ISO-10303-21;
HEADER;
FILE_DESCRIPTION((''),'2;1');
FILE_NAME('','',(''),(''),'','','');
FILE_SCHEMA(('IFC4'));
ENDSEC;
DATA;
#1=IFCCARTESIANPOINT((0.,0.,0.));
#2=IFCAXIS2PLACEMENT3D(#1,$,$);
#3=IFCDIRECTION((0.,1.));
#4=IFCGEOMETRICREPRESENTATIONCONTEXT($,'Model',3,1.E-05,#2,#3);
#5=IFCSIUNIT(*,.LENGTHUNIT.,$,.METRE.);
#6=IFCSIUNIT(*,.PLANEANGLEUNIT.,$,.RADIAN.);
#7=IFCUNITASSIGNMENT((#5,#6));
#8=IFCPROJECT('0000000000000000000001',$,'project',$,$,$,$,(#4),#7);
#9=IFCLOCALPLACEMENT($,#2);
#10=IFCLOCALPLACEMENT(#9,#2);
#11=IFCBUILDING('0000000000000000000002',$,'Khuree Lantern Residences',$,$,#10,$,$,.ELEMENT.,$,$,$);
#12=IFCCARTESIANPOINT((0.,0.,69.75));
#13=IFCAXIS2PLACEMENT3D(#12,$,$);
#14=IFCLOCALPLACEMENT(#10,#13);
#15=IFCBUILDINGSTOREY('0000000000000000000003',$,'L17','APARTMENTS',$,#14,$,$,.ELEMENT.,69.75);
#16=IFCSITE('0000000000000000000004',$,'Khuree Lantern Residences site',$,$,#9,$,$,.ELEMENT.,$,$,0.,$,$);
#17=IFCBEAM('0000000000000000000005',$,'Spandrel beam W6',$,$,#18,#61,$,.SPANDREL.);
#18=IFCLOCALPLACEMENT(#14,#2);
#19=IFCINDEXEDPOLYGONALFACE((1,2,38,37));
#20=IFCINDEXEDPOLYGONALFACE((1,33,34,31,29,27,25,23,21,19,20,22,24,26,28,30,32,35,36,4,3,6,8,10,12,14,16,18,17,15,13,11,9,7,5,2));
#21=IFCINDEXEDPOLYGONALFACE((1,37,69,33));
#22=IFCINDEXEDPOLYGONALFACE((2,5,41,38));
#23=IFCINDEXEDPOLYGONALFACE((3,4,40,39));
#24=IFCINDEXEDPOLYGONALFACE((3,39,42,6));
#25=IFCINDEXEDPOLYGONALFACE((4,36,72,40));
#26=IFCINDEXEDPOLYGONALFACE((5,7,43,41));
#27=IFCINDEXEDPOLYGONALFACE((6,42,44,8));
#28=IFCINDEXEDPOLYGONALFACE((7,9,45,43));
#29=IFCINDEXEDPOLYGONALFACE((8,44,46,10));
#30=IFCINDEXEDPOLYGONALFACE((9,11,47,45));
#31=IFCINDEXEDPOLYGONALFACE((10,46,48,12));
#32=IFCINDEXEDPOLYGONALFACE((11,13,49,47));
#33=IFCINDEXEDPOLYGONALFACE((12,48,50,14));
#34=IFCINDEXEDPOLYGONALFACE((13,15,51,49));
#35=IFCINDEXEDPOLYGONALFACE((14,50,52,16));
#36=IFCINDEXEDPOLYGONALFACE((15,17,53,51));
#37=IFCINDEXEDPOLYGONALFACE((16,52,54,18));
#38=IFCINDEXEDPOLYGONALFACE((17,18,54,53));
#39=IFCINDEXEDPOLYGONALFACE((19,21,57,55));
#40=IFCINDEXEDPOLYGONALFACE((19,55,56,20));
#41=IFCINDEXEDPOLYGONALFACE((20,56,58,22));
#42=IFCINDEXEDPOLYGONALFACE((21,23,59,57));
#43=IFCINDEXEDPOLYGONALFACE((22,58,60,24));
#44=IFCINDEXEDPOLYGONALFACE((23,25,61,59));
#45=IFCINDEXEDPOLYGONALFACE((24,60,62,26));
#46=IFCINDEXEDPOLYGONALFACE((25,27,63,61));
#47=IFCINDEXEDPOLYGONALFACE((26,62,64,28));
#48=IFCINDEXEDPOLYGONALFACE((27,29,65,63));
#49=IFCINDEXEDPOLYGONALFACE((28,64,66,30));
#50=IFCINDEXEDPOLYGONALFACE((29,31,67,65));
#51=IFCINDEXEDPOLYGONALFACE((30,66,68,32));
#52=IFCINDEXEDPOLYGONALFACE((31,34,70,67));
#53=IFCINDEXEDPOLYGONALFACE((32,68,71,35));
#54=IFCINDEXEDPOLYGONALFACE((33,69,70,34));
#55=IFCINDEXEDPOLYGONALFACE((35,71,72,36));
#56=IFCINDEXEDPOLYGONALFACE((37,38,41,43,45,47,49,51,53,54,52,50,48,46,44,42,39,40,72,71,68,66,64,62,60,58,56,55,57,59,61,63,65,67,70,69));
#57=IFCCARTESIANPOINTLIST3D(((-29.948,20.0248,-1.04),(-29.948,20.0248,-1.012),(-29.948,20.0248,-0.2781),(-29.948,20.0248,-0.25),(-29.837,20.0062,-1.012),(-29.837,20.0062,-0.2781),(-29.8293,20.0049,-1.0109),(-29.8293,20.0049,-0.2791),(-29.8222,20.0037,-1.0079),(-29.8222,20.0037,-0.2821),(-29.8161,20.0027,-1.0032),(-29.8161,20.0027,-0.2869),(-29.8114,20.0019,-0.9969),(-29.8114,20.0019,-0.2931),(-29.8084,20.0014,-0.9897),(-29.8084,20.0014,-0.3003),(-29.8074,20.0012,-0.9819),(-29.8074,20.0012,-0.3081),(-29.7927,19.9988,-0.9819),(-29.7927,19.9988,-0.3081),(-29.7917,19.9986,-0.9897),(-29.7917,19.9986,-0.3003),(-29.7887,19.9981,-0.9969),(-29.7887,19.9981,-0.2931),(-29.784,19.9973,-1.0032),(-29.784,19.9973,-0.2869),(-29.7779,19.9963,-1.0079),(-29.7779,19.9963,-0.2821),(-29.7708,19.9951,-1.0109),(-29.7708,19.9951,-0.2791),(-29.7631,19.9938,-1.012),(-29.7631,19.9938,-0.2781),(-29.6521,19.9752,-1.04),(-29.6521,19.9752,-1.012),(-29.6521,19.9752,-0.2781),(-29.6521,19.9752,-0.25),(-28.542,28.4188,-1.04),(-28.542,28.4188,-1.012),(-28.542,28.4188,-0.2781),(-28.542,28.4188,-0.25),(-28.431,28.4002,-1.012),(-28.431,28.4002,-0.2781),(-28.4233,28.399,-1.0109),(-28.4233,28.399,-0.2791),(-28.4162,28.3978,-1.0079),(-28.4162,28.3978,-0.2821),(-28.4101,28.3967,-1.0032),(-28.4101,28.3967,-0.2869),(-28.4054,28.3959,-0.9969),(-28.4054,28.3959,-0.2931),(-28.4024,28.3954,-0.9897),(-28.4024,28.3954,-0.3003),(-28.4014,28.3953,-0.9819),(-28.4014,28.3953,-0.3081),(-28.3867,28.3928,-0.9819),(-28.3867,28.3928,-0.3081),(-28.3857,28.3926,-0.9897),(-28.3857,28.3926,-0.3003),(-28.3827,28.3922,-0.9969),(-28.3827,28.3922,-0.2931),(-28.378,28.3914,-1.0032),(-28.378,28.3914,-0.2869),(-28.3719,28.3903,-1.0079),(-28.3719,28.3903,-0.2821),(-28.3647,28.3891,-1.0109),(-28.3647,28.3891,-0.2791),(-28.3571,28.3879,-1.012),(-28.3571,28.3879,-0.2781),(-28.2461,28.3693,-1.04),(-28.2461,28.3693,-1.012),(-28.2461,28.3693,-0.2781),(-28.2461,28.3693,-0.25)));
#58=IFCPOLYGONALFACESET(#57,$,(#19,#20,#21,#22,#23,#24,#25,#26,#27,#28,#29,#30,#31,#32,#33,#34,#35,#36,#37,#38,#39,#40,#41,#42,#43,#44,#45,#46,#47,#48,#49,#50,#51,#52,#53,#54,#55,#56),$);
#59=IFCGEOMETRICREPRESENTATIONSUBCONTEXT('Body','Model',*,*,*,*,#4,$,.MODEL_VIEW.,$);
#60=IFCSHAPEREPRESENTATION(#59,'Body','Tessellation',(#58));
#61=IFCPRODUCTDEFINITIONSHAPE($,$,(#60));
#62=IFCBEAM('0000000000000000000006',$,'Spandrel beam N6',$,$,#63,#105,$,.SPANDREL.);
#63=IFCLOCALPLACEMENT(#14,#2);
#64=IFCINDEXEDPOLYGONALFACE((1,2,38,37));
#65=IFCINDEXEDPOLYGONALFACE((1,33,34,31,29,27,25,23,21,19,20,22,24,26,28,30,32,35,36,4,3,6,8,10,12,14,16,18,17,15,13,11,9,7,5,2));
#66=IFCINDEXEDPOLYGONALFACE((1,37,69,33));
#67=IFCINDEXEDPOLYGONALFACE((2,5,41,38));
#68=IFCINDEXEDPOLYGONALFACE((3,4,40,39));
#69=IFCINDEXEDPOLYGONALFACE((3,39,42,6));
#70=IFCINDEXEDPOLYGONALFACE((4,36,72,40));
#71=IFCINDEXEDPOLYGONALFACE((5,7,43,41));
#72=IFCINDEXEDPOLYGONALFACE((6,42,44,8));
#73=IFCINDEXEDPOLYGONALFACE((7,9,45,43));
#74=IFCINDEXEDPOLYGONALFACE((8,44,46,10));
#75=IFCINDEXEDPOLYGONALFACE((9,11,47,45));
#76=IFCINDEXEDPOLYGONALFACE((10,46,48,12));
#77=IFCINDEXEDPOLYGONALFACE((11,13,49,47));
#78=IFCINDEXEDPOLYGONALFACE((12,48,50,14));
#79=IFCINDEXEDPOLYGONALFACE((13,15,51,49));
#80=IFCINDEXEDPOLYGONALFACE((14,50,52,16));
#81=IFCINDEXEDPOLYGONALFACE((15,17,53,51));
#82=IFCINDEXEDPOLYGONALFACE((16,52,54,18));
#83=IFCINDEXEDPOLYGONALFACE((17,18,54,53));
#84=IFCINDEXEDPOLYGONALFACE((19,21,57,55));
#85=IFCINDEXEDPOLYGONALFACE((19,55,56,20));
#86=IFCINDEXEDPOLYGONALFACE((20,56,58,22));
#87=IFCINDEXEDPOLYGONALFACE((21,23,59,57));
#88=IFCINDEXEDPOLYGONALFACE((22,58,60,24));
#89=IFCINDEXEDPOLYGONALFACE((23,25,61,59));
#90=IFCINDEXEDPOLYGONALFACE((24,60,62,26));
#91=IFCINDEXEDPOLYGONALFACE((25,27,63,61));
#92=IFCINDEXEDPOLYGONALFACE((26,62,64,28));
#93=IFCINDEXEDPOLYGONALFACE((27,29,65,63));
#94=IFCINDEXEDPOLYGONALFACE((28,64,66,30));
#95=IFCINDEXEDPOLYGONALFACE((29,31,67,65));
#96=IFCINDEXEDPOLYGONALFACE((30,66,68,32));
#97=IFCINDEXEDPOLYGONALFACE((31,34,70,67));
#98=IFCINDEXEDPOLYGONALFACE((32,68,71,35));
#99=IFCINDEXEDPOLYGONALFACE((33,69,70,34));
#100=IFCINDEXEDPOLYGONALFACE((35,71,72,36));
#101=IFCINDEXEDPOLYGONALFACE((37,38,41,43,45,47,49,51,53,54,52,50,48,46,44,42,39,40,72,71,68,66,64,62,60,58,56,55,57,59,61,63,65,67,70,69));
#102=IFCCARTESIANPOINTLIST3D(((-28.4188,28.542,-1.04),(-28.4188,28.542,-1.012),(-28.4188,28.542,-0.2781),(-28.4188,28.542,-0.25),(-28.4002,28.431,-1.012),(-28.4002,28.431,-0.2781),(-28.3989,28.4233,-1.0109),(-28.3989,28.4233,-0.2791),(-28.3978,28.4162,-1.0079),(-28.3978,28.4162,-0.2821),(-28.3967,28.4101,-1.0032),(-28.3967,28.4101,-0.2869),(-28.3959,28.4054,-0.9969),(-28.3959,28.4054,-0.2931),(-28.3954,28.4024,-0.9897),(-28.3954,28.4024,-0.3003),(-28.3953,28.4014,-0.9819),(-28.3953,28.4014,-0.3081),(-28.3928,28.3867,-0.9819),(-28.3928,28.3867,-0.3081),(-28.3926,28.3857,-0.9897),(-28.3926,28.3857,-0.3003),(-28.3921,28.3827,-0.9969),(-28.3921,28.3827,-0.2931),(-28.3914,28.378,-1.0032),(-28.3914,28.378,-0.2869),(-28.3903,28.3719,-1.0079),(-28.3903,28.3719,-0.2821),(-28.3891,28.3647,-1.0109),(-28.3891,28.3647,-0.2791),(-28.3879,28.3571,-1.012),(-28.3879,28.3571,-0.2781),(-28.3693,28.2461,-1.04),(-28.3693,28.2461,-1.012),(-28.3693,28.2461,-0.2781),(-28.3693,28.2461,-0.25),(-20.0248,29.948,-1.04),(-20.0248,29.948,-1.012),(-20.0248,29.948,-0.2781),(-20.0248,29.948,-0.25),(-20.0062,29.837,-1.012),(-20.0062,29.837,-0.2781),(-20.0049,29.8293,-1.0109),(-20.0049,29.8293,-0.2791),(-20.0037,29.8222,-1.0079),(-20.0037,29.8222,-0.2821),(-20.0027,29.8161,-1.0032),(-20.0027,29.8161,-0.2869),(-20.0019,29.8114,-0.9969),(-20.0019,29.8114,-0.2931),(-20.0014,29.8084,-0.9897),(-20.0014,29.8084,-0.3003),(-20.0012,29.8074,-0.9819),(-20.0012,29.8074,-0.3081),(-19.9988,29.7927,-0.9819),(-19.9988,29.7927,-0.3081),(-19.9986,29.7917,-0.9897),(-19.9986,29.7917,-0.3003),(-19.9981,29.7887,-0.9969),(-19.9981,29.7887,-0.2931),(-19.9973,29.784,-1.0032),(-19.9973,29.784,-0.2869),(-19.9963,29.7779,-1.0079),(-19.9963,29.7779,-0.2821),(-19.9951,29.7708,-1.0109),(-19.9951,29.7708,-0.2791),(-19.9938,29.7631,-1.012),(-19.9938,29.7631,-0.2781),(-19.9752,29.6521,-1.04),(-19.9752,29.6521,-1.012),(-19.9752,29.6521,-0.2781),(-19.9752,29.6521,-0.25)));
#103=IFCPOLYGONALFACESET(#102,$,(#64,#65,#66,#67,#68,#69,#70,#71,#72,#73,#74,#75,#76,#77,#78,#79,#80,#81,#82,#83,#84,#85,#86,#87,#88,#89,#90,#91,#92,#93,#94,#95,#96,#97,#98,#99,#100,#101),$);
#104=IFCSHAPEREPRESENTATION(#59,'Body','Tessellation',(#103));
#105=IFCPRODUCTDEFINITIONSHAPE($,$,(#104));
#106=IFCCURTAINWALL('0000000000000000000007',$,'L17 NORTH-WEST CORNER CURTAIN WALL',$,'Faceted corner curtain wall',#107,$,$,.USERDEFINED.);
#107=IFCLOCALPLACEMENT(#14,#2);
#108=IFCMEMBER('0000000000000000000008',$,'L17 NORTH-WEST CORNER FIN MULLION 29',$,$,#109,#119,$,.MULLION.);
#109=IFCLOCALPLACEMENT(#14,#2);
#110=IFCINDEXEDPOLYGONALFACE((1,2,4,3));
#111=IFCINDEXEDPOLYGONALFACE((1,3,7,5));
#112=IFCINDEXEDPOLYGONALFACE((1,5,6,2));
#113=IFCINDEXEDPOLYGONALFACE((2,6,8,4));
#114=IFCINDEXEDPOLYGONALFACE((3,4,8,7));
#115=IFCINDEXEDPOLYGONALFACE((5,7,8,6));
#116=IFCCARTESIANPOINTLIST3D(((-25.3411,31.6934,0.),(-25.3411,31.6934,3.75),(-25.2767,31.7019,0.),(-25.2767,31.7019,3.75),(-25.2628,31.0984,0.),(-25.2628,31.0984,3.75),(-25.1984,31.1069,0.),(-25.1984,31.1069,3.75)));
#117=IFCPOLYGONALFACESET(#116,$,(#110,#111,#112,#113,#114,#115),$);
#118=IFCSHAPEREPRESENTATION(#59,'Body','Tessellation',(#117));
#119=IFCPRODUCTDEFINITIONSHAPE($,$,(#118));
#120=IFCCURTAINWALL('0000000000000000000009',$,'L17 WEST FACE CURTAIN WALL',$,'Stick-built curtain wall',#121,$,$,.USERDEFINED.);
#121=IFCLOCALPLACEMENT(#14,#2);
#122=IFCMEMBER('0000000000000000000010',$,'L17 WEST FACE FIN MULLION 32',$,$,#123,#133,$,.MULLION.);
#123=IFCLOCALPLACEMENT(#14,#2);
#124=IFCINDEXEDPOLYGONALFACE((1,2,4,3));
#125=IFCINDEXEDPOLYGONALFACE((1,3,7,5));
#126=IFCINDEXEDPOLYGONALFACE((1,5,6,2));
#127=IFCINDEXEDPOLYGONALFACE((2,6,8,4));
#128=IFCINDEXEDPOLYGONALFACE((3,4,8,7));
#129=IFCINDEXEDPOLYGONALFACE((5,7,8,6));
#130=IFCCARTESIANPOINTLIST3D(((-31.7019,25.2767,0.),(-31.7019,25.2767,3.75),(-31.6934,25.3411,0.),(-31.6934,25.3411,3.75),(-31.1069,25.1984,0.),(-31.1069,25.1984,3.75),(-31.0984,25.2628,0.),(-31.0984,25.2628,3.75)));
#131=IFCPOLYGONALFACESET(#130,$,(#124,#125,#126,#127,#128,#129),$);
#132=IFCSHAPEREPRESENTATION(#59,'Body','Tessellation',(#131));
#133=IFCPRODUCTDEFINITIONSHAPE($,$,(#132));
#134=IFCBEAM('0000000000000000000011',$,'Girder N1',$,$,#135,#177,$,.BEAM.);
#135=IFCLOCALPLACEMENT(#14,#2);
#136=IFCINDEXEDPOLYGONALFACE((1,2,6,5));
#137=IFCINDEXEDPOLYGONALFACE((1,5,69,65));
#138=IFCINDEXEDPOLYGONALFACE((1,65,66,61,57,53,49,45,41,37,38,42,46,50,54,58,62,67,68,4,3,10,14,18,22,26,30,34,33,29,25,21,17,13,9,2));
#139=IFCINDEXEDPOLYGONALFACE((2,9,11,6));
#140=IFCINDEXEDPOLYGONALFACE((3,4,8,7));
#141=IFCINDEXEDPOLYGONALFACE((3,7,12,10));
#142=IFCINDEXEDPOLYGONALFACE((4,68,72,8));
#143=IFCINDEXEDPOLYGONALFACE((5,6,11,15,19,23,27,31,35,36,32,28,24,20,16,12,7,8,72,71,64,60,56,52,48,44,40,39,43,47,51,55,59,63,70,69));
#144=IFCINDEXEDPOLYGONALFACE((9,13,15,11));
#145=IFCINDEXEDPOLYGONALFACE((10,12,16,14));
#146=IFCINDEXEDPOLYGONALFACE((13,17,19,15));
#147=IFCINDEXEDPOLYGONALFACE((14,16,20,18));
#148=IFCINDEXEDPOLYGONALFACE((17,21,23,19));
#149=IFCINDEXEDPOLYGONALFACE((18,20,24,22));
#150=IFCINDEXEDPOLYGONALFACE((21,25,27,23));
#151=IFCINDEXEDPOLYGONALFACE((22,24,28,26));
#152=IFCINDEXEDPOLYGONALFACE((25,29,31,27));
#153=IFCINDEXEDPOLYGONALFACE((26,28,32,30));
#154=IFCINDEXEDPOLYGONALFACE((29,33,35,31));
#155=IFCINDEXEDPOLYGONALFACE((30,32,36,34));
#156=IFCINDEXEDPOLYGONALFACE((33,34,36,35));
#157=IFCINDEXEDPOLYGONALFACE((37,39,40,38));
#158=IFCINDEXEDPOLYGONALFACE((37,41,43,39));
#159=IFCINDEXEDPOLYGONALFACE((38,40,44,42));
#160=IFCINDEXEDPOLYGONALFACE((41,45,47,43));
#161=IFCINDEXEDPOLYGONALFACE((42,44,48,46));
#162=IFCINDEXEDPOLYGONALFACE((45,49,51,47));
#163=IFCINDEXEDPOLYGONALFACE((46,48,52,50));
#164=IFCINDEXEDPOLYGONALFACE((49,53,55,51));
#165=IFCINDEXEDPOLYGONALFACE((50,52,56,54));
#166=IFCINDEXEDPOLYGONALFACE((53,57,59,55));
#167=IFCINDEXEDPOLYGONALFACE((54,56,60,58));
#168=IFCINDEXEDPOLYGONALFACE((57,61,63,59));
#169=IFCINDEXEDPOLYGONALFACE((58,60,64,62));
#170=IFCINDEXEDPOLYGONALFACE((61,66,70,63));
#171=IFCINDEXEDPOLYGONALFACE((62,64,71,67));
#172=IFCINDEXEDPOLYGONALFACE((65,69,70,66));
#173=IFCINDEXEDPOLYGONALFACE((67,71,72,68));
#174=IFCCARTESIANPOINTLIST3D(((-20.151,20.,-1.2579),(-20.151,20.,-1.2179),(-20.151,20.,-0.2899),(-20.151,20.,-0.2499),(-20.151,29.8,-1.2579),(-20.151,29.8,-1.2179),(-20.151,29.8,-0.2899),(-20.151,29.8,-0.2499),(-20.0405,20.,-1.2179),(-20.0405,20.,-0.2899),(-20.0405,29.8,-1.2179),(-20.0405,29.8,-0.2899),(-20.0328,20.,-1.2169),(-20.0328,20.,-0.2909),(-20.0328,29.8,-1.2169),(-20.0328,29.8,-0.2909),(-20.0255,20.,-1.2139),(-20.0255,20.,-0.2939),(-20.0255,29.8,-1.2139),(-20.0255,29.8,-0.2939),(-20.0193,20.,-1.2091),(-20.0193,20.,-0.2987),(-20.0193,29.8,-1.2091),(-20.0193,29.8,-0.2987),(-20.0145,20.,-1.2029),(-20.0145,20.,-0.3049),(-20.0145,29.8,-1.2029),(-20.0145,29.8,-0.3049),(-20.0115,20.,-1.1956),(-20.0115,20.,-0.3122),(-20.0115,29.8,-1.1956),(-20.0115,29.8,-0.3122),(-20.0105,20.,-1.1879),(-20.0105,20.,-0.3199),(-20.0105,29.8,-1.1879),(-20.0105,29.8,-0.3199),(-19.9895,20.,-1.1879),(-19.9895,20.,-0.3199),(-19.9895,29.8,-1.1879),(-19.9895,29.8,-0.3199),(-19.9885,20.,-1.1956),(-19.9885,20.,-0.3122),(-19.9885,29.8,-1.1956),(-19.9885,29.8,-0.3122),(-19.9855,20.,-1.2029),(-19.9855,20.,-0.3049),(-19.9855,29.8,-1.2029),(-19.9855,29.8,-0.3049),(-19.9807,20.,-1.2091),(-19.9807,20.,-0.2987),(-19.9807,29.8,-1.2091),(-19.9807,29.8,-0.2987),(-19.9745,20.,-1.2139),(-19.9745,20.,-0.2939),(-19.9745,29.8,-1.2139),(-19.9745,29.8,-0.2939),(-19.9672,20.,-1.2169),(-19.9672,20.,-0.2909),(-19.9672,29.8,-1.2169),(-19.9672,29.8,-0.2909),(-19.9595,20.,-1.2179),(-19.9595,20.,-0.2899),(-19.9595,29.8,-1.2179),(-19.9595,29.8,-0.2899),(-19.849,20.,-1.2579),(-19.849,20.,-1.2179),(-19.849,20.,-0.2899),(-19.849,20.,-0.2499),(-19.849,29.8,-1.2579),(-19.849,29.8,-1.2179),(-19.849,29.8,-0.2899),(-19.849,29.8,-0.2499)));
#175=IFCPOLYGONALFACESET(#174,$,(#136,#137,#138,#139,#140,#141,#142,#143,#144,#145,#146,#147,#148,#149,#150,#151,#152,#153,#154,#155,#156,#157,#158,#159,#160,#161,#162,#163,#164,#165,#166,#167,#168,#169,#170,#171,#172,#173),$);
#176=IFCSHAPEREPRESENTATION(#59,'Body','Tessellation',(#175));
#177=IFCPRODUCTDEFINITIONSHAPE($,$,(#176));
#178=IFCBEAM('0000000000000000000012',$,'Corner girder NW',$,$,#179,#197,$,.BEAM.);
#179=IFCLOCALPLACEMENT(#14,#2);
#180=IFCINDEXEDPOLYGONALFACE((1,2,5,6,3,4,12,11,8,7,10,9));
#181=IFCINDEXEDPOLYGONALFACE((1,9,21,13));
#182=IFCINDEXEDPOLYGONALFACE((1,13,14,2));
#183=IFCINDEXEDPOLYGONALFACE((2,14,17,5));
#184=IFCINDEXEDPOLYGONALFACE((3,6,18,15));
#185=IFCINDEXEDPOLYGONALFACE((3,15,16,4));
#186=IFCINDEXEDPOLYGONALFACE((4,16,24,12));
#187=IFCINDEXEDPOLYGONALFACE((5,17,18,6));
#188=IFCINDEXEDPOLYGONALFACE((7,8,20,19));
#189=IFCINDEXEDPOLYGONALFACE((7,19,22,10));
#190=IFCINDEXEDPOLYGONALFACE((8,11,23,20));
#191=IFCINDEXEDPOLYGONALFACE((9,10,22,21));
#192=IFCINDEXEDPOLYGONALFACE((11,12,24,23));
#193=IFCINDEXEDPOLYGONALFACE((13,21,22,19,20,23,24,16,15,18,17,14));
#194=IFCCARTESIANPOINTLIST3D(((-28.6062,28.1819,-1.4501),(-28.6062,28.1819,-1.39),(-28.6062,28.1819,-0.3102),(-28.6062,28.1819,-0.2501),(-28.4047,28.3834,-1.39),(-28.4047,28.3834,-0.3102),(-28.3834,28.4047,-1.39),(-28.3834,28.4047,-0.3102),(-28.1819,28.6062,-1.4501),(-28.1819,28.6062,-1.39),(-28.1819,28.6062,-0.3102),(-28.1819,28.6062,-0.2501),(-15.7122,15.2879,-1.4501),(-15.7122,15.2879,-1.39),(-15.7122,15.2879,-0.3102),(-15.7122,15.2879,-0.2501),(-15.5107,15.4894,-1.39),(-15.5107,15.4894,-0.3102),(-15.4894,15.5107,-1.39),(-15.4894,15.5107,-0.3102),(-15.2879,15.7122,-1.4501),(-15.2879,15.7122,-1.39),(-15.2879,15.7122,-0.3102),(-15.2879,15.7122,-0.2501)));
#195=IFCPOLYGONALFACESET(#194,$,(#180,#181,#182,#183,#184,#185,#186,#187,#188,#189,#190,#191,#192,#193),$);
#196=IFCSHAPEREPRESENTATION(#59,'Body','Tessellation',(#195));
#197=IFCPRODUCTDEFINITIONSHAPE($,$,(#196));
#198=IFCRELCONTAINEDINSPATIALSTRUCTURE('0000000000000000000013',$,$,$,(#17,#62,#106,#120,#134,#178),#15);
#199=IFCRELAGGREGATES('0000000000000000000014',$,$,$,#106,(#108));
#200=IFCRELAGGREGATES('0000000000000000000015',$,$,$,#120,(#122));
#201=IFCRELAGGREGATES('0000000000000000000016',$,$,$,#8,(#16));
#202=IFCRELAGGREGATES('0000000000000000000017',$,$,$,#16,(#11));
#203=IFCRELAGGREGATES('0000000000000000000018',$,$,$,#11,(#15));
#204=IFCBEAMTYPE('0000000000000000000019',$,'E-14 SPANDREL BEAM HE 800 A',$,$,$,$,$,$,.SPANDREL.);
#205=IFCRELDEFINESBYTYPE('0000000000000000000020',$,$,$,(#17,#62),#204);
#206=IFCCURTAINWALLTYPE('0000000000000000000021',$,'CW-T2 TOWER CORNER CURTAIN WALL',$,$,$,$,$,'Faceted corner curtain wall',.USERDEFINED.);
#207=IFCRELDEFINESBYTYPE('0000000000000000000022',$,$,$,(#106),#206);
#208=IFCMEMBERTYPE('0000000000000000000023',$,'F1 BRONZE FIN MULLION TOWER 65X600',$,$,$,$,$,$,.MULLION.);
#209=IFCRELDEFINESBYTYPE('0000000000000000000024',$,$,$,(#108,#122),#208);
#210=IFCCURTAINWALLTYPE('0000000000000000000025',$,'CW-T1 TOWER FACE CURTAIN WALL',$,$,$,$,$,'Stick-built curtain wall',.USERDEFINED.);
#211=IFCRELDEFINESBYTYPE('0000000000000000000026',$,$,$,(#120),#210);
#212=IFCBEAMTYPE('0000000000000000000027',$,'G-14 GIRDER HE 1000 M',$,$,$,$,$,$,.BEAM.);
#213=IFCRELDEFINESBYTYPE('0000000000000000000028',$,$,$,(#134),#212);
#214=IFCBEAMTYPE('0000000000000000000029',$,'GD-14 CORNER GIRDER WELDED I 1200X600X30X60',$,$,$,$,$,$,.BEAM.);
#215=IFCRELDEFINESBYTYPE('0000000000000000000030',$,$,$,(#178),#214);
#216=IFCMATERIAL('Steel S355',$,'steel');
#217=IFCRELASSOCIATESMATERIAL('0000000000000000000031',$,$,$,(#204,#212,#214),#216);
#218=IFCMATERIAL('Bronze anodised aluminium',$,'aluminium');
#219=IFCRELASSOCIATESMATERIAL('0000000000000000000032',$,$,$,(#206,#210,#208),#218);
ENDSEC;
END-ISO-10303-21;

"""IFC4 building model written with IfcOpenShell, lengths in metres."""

from ifc_helpers import new_model, si_unit, direction, frame, origin, origin_2d, place, context, subcontext, project, spatial, rectangle, i_section, extrude, material, material_profile, profile_set, type_object, element, aggregate, save


model = new_model("IFC4")

# Units and contexts
model_context = context("Model", 3, precision=1e-05, world=origin(), true_north=direction((0.0, 1.0)))
body_context = subcontext(model_context, "Body", "Model", "MODEL_VIEW")
ifc_project = project(units=[si_unit("LENGTHUNIT", "METRE"), si_unit("PLANEANGLEUNIT", "RADIAN")], contexts=[model_context])

# Site, building, storey
site_placement = place(None, origin())
site = spatial("IfcSite", under=ifc_project, at=site_placement, Name="Khuree Lantern Residences site", CompositionType="ELEMENT", RefElevation=0.0)
building_placement = place(site_placement, origin())
building = spatial("IfcBuilding", under=site, at=building_placement, Name="Khuree Lantern Residences", CompositionType="ELEMENT")
storey_placement = place(building_placement, frame((0.0, 0.0, 69.75)))
storey = spatial("IfcBuildingStorey", under=building, at=storey_placement, Name="L17", Description="APARTMENTS", CompositionType="ELEMENT", Elevation=69.75)

# Beams
ifc_material_1 = material(Name="Steel S355", Category="steel")
ifc_material_profile_1 = material_profile(ifc_material_1, i_section(OverallWidth=0.3, OverallDepth=0.79, WebThickness=0.0149, FlangeThickness=0.0281, FilletRadius=0.03, at=origin_2d()), Name="HE 800 A")
ifc_profile_set_1 = profile_set([ifc_material_profile_1], Name="Steel S355")
beam_type_1 = type_object("IfcBeamType", Name="E-14 SPANDREL BEAM HE 800 A", PredefinedType="SPANDREL", material=ifc_profile_set_1)
for number, where, z_axis, x_axis, name in (
    (1, (-29.8, 20.0, -0.645), (0.165199, 0.98626, 0.0), (-0.98626, 0.165199, 0.0), "Spandrel beam W6"),
    (2, (-28.394, 28.394, -0.645), (0.98626, 0.165199, 0.0), (-0.165199, 0.98626, 0.0), "Spandrel beam N6"),
):
    element("IfcBeam", number, at=place(storey_placement, frame(where, z_axis=z_axis, x_axis=x_axis)), inside=storey, type_object=beam_type_1, Name=name, PredefinedType="SPANDREL", context=body_context, shape_type="SweptSolid", body=[
        extrude(i_section(OverallWidth=0.3, OverallDepth=0.79, WebThickness=0.0149, FlangeThickness=0.0281, FilletRadius=0.03, at=origin_2d()), origin(), (0.0, 0.0, 1.0), 8.511),
    ])

# Curtain walls, members
ifc_material_2 = material(Name="Bronze anodised aluminium", Category="aluminium")
curtain_wall_type_1 = type_object("IfcCurtainWallType", Name="CW-T2 TOWER CORNER CURTAIN WALL", ElementType="Faceted corner curtain wall", PredefinedType="USERDEFINED", material=ifc_material_2)
curtain_wall_1_placement = place(storey_placement, origin())
curtain_wall_1 = element("IfcCurtainWall", 3, at=curtain_wall_1_placement, inside=storey, type_object=curtain_wall_type_1, Name="L17 NORTH-WEST CORNER CURTAIN WALL", ObjectType="Faceted corner curtain wall", PredefinedType="USERDEFINED")
ifc_material_profile_2 = material_profile(ifc_material_2, rectangle(XDim=0.0649, YDim=0.6001, at=origin_2d()), Name="F1 65X600")
ifc_profile_set_2 = profile_set([ifc_material_profile_2], Name="Bronze anodised aluminium")
member_type_1 = type_object("IfcMemberType", Name="F1 BRONZE FIN MULLION TOWER 65X600", PredefinedType="MULLION", material=ifc_profile_set_2)
member_1_placement = place(storey_placement, frame((-25.2698, 31.4001, 0.0), z_axis=(0.0, 0.0, 1.0), x_axis=(-0.991445, -0.130526, 0.0)))
member_1 = element("IfcMember", 4, at=member_1_placement, type_object=member_type_1, Name="L17 NORTH-WEST CORNER FIN MULLION 29", PredefinedType="MULLION", context=body_context, shape_type="SweptSolid", body=[
    extrude(rectangle(XDim=0.0649, YDim=0.6001, at=origin_2d()), origin(), (0.0, 0.0, 1.0), 3.75),
])
curtain_wall_type_2 = type_object("IfcCurtainWallType", Name="CW-T1 TOWER FACE CURTAIN WALL", ElementType="Stick-built curtain wall", PredefinedType="USERDEFINED", material=ifc_material_2)
curtain_wall_2_placement = place(storey_placement, origin())
curtain_wall_2 = element("IfcCurtainWall", 5, at=curtain_wall_2_placement, inside=storey, type_object=curtain_wall_type_2, Name="L17 WEST FACE CURTAIN WALL", ObjectType="Stick-built curtain wall", PredefinedType="USERDEFINED")
member_2_placement = place(storey_placement, frame((-31.4001, 25.2698, 0.0), z_axis=(0.0, 0.0, 1.0), x_axis=(-0.130526, -0.991445, 0.0)))
member_2 = element("IfcMember", 6, at=member_2_placement, type_object=member_type_1, Name="L17 WEST FACE FIN MULLION 32", PredefinedType="MULLION", context=body_context, shape_type="SweptSolid", body=[
    extrude(rectangle(XDim=0.0649, YDim=0.6001, at=origin_2d()), origin(), (0.0, 0.0, 1.0), 3.75),
])

# Beams
ifc_material_profile_3 = material_profile(ifc_material_1, i_section(OverallWidth=0.302, OverallDepth=1.0081, WebThickness=0.021, FlangeThickness=0.04, FilletRadius=0.03, at=origin_2d()), Name="HE 1000 M")
ifc_profile_set_3 = profile_set([ifc_material_profile_3], Name="Steel S355")
beam_type_2 = type_object("IfcBeamType", Name="G-14 GIRDER HE 1000 M", PredefinedType="BEAM", material=ifc_profile_set_3)
beam_1_placement = place(storey_placement, frame((-20.0, 29.8, -0.7539), z_axis=(0.0, -1.0, 0.0), x_axis=(1.0, 0.0, 0.0)))
element("IfcBeam", 7, at=beam_1_placement, inside=storey, type_object=beam_type_2, Name="Girder N1", PredefinedType="BEAM", context=body_context, shape_type="SweptSolid", body=[
    extrude(i_section(OverallWidth=0.302, OverallDepth=1.0081, WebThickness=0.021, FlangeThickness=0.04, FilletRadius=0.03, at=origin_2d()), origin(), (0.0, 0.0, 1.0), 9.8),
])
ifc_material_profile_4 = material_profile(ifc_material_1, i_section(OverallWidth=0.6001, OverallDepth=1.2, WebThickness=0.03, FlangeThickness=0.0601, at=origin_2d()), Name="WELDED I 1200X600X30X60")
ifc_profile_set_4 = profile_set([ifc_material_profile_4], Name="Steel S355")
beam_type_3 = type_object("IfcBeamType", Name="GD-14 CORNER GIRDER WELDED I 1200X600X30X60", PredefinedType="BEAM", material=ifc_profile_set_4)
beam_2_placement = place(storey_placement, frame((-28.394, 28.394, -0.8501), z_axis=(0.707107, -0.707107, 0.0), x_axis=(0.707107, 0.707107, 0.0)))
element("IfcBeam", 8, at=beam_2_placement, inside=storey, type_object=beam_type_3, Name="Corner girder NW", PredefinedType="BEAM", context=body_context, shape_type="SweptSolid", body=[
    extrude(i_section(OverallWidth=0.6001, OverallDepth=1.2, WebThickness=0.03, FlangeThickness=0.0601, at=origin_2d()), origin(), (0.0, 0.0, 1.0), 18.2349),
])

aggregate(curtain_wall_1, [member_1])
aggregate(curtain_wall_2, [member_2])

save(model, "model.ifc")
